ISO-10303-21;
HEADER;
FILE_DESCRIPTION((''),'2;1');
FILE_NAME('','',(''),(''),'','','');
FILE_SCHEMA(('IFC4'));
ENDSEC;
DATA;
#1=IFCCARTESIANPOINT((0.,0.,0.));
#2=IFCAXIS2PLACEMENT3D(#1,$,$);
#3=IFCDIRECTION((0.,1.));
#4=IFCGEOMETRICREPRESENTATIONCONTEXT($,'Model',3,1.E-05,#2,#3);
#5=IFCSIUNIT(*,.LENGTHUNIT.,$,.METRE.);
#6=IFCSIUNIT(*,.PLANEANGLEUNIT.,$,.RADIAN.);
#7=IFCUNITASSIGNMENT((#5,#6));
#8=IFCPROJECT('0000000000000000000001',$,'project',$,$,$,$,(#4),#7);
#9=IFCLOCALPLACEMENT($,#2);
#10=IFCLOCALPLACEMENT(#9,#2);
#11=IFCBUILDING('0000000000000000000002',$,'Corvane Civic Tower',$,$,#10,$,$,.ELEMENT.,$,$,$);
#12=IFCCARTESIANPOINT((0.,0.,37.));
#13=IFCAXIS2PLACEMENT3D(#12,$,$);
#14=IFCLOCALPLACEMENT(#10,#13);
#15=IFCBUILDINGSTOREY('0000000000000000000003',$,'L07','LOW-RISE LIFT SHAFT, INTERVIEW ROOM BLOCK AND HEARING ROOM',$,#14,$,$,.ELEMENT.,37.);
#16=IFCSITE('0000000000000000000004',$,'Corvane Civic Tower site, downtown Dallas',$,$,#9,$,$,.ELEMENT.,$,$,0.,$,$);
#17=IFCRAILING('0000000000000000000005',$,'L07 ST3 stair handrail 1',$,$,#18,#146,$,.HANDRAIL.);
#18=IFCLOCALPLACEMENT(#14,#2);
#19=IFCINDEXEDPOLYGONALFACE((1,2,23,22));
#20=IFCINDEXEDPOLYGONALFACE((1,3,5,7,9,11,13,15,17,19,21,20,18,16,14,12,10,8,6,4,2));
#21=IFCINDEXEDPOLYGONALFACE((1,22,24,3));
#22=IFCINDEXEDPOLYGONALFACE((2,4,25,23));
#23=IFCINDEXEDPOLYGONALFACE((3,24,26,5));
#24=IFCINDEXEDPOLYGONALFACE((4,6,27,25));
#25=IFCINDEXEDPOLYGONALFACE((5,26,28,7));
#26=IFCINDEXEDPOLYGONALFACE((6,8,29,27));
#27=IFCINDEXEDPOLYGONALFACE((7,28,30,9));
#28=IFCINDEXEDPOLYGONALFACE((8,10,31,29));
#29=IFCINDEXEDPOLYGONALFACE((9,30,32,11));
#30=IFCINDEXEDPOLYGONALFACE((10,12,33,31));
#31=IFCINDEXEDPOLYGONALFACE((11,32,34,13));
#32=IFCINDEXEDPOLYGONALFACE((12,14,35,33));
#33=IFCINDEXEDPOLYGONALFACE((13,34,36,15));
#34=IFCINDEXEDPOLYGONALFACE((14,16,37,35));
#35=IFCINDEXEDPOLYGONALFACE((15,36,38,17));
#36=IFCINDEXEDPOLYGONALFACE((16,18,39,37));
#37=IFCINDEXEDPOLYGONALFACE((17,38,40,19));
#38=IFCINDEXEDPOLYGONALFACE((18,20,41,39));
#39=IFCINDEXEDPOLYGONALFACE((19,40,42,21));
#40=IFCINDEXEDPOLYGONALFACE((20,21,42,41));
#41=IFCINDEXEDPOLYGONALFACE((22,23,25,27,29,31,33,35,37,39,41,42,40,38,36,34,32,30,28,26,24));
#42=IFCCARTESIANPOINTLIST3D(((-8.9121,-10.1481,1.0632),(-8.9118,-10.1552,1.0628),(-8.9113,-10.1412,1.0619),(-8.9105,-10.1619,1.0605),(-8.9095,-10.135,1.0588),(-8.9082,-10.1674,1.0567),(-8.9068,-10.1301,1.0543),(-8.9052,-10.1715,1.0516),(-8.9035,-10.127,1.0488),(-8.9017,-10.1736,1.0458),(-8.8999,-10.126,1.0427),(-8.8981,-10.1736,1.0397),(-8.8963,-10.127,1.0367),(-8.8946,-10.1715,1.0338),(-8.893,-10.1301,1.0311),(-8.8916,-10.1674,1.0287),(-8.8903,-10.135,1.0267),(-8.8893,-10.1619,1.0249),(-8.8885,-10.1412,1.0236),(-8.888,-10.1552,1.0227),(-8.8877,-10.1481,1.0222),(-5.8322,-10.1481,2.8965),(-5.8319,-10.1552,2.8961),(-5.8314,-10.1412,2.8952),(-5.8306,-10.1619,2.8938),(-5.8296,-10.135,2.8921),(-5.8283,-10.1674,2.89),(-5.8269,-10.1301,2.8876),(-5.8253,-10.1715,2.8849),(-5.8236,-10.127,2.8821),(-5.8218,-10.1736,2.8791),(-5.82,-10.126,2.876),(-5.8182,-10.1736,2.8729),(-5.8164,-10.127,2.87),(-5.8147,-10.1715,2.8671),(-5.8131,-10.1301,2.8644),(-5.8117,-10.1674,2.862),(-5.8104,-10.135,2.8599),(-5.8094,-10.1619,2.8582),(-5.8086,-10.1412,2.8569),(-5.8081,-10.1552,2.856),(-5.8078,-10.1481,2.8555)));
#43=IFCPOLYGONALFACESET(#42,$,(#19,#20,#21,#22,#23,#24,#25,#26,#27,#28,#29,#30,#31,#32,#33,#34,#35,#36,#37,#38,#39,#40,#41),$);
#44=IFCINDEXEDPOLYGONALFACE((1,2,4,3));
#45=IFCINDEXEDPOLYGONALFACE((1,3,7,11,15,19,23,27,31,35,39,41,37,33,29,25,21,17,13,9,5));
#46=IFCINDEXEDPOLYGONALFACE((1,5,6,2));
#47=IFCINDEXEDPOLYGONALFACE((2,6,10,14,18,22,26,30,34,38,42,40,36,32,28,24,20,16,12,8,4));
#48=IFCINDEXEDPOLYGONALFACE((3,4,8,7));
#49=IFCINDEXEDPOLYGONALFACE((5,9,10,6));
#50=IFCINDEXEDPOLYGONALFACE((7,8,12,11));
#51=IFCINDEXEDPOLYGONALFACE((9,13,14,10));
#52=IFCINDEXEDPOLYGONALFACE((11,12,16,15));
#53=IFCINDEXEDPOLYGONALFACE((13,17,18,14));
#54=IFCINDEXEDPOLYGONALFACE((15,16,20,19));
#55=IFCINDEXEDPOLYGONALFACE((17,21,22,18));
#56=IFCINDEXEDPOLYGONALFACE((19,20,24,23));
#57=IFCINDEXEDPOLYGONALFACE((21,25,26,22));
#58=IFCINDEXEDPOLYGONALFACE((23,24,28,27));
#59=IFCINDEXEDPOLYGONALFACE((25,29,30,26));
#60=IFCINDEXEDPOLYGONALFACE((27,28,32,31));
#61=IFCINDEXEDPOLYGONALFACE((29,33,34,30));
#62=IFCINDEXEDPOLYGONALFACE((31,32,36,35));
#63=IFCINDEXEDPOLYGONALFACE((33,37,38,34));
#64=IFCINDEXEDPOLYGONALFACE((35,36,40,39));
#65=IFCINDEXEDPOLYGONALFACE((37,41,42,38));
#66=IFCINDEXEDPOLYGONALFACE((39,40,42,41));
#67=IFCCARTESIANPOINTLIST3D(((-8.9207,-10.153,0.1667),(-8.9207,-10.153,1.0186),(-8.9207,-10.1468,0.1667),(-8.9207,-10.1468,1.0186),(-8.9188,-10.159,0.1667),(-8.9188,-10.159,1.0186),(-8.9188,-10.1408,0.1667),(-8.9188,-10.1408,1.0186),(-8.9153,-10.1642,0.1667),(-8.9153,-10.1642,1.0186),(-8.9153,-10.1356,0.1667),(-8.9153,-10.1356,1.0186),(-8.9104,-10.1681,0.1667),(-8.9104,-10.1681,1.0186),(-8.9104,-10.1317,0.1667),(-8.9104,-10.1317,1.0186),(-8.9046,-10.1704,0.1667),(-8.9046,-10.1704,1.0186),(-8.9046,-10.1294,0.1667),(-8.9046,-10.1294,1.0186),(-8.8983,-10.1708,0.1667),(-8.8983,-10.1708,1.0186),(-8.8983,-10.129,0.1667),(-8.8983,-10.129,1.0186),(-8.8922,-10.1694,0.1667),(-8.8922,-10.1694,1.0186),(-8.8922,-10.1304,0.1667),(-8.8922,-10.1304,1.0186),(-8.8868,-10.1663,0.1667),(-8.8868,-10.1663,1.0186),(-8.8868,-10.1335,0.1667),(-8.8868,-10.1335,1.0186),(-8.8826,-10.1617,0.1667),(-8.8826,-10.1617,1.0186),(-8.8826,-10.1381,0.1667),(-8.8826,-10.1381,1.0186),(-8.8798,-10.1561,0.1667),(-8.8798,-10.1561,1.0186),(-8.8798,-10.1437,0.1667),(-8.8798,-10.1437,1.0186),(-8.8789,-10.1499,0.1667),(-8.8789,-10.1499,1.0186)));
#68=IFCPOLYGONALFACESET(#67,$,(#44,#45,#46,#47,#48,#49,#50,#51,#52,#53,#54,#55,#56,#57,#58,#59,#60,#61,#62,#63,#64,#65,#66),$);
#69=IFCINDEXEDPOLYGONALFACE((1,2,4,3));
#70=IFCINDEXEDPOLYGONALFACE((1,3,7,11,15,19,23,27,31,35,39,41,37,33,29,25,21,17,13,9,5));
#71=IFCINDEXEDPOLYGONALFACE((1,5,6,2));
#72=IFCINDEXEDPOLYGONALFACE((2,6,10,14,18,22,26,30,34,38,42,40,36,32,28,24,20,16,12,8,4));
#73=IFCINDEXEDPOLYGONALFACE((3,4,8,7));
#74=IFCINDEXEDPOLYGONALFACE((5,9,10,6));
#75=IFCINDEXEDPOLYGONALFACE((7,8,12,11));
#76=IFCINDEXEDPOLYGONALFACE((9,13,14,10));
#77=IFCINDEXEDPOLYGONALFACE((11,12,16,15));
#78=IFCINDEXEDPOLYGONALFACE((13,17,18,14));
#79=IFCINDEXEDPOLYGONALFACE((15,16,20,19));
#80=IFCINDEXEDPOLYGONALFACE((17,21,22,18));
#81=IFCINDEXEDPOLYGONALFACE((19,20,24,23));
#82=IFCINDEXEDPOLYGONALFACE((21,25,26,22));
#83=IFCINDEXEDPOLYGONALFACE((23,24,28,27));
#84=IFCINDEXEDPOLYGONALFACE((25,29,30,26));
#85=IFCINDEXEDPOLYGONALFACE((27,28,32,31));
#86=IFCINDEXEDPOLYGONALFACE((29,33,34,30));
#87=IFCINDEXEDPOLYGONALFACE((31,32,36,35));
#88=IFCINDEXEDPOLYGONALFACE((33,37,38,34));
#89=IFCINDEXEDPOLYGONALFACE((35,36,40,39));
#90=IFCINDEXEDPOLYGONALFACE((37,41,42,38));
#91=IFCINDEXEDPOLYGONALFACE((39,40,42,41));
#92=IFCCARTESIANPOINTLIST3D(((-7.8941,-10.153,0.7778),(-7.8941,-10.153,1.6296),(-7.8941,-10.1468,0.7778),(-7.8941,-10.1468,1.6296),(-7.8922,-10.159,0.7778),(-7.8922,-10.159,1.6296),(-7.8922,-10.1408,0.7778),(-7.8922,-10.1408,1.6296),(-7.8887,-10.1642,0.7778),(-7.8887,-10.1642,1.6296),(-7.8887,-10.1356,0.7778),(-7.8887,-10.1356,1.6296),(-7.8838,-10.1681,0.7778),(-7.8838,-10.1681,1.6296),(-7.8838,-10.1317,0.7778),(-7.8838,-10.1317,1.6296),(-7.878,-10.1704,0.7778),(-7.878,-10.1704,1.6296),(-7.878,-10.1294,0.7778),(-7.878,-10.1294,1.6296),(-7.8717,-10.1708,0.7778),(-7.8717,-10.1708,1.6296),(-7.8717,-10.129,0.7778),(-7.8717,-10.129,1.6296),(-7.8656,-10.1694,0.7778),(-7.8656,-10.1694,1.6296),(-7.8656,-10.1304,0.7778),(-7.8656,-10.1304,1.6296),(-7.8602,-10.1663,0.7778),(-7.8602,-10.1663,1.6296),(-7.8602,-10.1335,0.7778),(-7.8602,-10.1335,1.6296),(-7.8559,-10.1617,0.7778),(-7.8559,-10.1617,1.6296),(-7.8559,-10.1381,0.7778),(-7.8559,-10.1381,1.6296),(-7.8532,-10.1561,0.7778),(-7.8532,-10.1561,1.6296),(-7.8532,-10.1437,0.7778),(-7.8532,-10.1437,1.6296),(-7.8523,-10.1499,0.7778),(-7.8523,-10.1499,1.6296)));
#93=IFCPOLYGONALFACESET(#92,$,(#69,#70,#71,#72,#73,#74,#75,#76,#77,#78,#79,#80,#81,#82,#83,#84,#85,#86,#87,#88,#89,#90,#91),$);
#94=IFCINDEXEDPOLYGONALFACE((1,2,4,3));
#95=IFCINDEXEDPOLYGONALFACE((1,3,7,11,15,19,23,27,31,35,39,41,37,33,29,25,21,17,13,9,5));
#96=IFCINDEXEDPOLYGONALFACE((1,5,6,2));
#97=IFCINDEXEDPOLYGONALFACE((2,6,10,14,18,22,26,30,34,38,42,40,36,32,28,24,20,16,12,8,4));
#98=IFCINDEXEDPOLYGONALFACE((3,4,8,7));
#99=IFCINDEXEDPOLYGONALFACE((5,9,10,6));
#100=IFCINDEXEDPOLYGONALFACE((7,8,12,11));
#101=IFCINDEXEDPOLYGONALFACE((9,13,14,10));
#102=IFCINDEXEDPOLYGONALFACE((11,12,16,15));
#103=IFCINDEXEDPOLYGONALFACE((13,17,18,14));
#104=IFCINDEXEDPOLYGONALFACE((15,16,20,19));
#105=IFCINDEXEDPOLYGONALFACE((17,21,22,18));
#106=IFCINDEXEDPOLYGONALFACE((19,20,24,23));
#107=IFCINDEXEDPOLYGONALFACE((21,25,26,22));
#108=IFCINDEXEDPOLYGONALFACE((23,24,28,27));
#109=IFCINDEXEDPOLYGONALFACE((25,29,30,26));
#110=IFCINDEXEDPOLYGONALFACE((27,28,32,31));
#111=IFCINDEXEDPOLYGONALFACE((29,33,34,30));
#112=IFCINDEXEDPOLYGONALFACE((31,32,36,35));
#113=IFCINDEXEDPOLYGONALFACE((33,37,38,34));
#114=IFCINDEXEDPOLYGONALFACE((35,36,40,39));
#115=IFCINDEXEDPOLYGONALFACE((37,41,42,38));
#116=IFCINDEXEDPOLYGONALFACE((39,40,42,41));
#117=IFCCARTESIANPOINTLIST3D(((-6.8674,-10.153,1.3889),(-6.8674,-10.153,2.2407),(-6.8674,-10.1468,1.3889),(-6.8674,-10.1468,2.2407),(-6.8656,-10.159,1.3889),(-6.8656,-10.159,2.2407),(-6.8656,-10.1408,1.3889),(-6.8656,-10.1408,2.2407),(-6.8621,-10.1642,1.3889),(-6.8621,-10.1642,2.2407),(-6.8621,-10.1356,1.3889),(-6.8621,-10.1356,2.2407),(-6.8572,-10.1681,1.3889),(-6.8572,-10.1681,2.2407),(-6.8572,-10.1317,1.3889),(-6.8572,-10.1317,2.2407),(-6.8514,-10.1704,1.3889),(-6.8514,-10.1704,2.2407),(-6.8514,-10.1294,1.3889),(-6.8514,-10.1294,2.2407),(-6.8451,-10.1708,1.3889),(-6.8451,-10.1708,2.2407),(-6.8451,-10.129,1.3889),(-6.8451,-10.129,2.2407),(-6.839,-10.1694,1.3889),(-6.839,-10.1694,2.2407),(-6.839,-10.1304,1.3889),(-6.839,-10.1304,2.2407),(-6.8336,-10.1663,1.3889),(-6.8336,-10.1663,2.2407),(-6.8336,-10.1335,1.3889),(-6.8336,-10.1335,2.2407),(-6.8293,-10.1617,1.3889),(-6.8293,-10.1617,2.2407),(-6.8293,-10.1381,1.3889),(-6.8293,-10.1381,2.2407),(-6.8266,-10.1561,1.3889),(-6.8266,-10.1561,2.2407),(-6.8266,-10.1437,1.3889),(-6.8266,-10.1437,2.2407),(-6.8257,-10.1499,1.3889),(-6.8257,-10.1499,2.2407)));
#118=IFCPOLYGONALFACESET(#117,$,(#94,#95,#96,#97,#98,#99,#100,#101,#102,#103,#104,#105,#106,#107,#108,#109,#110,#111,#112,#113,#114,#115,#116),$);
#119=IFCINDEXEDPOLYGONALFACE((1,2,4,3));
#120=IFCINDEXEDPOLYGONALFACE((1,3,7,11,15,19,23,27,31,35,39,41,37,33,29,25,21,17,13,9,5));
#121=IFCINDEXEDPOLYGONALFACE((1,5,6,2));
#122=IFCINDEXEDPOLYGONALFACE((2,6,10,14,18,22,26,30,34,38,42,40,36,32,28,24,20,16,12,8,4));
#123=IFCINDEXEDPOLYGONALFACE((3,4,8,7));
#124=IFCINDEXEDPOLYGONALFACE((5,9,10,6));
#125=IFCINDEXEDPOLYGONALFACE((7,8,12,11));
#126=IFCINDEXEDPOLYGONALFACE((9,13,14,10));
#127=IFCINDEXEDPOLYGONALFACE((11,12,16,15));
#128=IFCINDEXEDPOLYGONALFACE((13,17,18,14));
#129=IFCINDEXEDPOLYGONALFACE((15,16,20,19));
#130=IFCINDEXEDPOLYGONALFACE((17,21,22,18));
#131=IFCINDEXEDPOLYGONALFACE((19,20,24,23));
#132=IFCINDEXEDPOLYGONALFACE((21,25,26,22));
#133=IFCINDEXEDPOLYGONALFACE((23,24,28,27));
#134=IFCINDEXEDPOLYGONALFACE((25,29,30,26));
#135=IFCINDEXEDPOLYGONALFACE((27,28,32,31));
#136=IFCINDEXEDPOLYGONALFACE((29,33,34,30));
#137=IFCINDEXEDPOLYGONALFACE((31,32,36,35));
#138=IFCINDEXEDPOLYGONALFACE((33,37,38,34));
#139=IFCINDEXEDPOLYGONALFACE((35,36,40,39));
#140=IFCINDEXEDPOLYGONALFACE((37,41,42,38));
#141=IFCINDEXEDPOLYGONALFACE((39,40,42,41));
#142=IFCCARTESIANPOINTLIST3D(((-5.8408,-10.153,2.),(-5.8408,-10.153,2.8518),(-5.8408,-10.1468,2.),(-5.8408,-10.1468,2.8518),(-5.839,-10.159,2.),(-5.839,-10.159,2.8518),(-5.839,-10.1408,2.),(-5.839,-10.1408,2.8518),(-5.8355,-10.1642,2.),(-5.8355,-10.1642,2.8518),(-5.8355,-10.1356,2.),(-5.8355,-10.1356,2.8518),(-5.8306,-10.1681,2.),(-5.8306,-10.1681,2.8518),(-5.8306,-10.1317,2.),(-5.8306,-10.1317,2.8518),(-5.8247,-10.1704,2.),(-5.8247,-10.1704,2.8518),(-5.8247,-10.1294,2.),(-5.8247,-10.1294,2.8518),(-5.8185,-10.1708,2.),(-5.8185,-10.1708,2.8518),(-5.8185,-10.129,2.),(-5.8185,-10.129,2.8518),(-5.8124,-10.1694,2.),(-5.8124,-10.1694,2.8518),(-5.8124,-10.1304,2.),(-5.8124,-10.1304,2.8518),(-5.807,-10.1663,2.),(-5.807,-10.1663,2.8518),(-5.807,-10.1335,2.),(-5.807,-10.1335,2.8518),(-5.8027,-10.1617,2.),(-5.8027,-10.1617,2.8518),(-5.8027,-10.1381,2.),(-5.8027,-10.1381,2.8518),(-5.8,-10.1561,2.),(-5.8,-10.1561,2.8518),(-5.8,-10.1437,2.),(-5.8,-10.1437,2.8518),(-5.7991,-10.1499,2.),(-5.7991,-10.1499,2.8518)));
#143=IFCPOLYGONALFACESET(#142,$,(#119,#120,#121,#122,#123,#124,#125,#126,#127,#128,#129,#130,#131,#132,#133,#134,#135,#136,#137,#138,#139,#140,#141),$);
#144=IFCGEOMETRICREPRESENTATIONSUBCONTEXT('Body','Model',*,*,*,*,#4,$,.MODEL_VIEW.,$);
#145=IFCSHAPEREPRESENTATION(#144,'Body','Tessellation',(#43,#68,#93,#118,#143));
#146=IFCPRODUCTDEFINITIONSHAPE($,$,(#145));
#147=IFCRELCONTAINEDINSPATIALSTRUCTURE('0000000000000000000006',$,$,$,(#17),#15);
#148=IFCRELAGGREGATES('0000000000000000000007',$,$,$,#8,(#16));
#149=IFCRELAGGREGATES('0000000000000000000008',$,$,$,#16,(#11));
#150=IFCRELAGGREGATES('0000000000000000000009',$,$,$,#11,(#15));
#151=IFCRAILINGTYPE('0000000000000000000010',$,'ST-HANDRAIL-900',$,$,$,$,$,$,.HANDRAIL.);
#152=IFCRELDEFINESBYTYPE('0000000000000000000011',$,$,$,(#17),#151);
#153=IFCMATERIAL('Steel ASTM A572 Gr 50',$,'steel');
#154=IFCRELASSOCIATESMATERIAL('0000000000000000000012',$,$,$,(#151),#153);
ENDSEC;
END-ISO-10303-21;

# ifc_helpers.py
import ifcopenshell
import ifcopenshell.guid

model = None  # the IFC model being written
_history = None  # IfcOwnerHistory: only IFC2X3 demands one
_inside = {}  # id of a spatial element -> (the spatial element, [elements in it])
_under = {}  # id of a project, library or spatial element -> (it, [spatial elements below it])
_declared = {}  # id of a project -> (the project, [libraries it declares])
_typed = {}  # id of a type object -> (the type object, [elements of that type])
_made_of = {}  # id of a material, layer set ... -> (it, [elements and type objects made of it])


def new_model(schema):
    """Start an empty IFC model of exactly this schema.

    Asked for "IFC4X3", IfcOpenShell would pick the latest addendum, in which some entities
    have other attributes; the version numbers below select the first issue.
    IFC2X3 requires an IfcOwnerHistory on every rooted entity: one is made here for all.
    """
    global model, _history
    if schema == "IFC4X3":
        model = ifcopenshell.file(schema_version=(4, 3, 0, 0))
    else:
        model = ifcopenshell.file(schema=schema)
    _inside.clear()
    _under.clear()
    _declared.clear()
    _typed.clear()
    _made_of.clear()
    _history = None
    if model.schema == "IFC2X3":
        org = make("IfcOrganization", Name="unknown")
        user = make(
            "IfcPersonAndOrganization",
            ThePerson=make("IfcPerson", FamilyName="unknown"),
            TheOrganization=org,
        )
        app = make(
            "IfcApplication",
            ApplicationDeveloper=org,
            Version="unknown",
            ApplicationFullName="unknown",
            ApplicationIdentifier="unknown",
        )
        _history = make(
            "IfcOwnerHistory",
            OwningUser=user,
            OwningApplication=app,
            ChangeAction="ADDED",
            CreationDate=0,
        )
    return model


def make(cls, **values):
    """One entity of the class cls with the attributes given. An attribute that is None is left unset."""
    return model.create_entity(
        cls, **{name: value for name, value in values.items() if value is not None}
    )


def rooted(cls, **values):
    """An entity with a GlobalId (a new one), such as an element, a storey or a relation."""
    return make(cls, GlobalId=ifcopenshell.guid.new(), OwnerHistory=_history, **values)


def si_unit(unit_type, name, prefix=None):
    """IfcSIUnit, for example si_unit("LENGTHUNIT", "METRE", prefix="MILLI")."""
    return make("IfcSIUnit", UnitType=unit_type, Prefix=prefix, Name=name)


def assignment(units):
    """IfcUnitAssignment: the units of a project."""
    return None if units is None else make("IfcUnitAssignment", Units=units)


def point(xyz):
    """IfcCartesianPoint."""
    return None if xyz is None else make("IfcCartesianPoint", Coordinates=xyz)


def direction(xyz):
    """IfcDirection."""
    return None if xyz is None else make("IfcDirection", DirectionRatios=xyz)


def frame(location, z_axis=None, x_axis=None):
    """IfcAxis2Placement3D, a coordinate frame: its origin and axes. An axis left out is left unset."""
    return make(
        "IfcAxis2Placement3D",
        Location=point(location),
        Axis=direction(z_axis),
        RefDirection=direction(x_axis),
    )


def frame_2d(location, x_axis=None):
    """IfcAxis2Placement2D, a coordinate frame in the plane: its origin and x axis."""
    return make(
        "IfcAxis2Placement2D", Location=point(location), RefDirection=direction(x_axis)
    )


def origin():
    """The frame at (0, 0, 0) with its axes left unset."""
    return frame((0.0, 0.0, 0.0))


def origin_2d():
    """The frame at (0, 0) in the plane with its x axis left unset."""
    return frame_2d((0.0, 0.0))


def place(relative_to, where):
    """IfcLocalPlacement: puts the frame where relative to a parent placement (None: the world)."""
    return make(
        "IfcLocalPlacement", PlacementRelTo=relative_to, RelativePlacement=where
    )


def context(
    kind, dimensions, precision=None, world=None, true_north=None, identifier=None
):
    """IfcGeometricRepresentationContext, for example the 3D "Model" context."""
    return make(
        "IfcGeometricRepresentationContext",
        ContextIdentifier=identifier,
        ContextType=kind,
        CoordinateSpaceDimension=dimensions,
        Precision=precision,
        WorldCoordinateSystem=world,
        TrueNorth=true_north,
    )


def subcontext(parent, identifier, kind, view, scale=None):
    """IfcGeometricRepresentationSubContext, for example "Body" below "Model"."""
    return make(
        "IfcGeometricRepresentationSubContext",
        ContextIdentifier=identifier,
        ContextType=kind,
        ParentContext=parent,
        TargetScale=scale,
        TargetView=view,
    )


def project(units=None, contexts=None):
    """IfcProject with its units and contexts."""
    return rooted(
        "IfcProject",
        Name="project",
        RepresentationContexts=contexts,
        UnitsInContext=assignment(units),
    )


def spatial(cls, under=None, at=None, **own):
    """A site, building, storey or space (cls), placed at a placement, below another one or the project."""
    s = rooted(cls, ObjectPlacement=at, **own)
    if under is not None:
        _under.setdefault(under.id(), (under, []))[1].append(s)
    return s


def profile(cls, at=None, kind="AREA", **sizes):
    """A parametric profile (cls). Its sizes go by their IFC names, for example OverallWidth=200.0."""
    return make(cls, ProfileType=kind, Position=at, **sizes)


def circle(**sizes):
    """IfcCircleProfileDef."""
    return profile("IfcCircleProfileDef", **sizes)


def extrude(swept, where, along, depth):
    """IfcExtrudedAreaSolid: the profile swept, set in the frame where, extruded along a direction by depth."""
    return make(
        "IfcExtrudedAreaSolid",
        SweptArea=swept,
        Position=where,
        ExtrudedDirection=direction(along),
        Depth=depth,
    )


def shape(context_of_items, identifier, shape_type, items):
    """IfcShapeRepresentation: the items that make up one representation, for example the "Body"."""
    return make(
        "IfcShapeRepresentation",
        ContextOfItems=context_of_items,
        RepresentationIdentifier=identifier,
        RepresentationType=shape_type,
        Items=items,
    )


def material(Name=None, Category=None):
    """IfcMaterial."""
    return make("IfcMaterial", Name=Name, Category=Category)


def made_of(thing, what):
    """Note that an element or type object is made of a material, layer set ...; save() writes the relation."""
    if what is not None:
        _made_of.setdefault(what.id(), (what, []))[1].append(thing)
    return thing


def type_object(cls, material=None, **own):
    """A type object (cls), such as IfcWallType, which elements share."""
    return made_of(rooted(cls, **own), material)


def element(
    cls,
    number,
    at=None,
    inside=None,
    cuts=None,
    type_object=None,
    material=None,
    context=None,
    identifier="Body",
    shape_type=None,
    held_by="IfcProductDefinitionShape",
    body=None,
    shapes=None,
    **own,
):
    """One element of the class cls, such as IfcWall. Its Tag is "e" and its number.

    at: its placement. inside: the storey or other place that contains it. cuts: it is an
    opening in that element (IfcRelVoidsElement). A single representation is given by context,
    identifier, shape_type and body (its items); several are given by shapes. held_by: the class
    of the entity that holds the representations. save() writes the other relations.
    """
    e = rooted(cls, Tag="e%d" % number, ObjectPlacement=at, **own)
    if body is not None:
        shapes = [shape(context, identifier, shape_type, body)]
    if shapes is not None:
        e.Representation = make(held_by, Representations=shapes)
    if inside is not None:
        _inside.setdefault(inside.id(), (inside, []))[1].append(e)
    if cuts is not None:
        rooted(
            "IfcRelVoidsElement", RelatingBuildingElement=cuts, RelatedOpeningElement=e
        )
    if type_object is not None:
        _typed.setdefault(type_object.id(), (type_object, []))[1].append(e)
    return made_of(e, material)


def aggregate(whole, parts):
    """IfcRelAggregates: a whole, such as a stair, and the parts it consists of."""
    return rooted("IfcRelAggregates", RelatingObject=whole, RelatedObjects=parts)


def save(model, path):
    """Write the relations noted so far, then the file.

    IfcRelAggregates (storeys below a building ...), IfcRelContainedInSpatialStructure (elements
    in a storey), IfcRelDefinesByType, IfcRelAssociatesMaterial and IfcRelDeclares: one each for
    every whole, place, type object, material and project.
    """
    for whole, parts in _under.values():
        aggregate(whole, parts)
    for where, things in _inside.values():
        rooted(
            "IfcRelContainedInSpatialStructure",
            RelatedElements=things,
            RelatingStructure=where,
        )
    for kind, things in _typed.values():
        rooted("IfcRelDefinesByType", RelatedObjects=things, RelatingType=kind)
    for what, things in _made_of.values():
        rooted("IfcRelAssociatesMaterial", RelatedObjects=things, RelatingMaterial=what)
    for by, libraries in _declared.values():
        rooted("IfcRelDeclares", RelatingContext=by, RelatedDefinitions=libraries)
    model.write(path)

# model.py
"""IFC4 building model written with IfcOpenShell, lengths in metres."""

from ifc_helpers import new_model, si_unit, direction, frame, origin, origin_2d, place, context, subcontext, project, spatial, circle, extrude, material, type_object, element, save


model = new_model("IFC4")

# Units and contexts
model_context = context("Model", 3, precision=1e-05, world=origin(), true_north=direction((0.0, 1.0)))
body_context = subcontext(model_context, "Body", "Model", "MODEL_VIEW")
ifc_project = project(units=[si_unit("LENGTHUNIT", "METRE"), si_unit("PLANEANGLEUNIT", "RADIAN")], contexts=[model_context])

# Site, building, storey
site_placement = place(None, origin())
site = spatial("IfcSite", under=ifc_project, at=site_placement, Name="Corvane Civic Tower site, downtown Dallas", CompositionType="ELEMENT", RefElevation=0.0)
building_placement = place(site_placement, origin())
building = spatial("IfcBuilding", under=site, at=building_placement, Name="Corvane Civic Tower", CompositionType="ELEMENT")
storey_placement = place(building_placement, frame((0.0, 0.0, 37.0)))
storey = spatial("IfcBuildingStorey", under=building, at=storey_placement, Name="L07", Description="LOW-RISE LIFT SHAFT, INTERVIEW ROOM BLOCK AND HEARING ROOM", CompositionType="ELEMENT", Elevation=37.0)

# Railing
ifc_material_1 = material(Name="Steel ASTM A572 Gr 50", Category="steel")
railing_type_1 = type_object("IfcRailingType", Name="ST-HANDRAIL-900", PredefinedType="HANDRAIL", material=ifc_material_1)
railing_1_placement = place(storey_placement, frame((-8.8999, -10.1499, 0.1667)))
element("IfcRailing", 1, at=railing_1_placement, inside=storey, type_object=railing_type_1, Name="L07 ST3 stair handrail 1", PredefinedType="HANDRAIL", context=body_context, shape_type="SweptSolid", body=[
    extrude(circle(Radius=0.0239, at=origin_2d()), frame((0.0, 0.0, 0.876), z_axis=(0.859291, 0.0, 0.511487), x_axis=(0.0, 1.0, 0.0)), (0.0, 0.0, 1.0), 3.5842),
    extrude(circle(Radius=0.021, at=origin_2d()), origin(), (0.0, 0.0, 1.0), 0.8518),
    extrude(circle(Radius=0.021, at=origin_2d()), frame((1.0266, 0.0, 0.6111)), (0.0, 0.0, 1.0), 0.8518),
    extrude(circle(Radius=0.021, at=origin_2d()), frame((2.0532, 0.0, 1.2222)), (0.0, 0.0, 1.0), 0.8518),
    extrude(circle(Radius=0.021, at=origin_2d()), frame((3.0798, 0.0, 1.8333)), (0.0, 0.0, 1.0), 0.8518),
])

save(model, "model.ifc")
